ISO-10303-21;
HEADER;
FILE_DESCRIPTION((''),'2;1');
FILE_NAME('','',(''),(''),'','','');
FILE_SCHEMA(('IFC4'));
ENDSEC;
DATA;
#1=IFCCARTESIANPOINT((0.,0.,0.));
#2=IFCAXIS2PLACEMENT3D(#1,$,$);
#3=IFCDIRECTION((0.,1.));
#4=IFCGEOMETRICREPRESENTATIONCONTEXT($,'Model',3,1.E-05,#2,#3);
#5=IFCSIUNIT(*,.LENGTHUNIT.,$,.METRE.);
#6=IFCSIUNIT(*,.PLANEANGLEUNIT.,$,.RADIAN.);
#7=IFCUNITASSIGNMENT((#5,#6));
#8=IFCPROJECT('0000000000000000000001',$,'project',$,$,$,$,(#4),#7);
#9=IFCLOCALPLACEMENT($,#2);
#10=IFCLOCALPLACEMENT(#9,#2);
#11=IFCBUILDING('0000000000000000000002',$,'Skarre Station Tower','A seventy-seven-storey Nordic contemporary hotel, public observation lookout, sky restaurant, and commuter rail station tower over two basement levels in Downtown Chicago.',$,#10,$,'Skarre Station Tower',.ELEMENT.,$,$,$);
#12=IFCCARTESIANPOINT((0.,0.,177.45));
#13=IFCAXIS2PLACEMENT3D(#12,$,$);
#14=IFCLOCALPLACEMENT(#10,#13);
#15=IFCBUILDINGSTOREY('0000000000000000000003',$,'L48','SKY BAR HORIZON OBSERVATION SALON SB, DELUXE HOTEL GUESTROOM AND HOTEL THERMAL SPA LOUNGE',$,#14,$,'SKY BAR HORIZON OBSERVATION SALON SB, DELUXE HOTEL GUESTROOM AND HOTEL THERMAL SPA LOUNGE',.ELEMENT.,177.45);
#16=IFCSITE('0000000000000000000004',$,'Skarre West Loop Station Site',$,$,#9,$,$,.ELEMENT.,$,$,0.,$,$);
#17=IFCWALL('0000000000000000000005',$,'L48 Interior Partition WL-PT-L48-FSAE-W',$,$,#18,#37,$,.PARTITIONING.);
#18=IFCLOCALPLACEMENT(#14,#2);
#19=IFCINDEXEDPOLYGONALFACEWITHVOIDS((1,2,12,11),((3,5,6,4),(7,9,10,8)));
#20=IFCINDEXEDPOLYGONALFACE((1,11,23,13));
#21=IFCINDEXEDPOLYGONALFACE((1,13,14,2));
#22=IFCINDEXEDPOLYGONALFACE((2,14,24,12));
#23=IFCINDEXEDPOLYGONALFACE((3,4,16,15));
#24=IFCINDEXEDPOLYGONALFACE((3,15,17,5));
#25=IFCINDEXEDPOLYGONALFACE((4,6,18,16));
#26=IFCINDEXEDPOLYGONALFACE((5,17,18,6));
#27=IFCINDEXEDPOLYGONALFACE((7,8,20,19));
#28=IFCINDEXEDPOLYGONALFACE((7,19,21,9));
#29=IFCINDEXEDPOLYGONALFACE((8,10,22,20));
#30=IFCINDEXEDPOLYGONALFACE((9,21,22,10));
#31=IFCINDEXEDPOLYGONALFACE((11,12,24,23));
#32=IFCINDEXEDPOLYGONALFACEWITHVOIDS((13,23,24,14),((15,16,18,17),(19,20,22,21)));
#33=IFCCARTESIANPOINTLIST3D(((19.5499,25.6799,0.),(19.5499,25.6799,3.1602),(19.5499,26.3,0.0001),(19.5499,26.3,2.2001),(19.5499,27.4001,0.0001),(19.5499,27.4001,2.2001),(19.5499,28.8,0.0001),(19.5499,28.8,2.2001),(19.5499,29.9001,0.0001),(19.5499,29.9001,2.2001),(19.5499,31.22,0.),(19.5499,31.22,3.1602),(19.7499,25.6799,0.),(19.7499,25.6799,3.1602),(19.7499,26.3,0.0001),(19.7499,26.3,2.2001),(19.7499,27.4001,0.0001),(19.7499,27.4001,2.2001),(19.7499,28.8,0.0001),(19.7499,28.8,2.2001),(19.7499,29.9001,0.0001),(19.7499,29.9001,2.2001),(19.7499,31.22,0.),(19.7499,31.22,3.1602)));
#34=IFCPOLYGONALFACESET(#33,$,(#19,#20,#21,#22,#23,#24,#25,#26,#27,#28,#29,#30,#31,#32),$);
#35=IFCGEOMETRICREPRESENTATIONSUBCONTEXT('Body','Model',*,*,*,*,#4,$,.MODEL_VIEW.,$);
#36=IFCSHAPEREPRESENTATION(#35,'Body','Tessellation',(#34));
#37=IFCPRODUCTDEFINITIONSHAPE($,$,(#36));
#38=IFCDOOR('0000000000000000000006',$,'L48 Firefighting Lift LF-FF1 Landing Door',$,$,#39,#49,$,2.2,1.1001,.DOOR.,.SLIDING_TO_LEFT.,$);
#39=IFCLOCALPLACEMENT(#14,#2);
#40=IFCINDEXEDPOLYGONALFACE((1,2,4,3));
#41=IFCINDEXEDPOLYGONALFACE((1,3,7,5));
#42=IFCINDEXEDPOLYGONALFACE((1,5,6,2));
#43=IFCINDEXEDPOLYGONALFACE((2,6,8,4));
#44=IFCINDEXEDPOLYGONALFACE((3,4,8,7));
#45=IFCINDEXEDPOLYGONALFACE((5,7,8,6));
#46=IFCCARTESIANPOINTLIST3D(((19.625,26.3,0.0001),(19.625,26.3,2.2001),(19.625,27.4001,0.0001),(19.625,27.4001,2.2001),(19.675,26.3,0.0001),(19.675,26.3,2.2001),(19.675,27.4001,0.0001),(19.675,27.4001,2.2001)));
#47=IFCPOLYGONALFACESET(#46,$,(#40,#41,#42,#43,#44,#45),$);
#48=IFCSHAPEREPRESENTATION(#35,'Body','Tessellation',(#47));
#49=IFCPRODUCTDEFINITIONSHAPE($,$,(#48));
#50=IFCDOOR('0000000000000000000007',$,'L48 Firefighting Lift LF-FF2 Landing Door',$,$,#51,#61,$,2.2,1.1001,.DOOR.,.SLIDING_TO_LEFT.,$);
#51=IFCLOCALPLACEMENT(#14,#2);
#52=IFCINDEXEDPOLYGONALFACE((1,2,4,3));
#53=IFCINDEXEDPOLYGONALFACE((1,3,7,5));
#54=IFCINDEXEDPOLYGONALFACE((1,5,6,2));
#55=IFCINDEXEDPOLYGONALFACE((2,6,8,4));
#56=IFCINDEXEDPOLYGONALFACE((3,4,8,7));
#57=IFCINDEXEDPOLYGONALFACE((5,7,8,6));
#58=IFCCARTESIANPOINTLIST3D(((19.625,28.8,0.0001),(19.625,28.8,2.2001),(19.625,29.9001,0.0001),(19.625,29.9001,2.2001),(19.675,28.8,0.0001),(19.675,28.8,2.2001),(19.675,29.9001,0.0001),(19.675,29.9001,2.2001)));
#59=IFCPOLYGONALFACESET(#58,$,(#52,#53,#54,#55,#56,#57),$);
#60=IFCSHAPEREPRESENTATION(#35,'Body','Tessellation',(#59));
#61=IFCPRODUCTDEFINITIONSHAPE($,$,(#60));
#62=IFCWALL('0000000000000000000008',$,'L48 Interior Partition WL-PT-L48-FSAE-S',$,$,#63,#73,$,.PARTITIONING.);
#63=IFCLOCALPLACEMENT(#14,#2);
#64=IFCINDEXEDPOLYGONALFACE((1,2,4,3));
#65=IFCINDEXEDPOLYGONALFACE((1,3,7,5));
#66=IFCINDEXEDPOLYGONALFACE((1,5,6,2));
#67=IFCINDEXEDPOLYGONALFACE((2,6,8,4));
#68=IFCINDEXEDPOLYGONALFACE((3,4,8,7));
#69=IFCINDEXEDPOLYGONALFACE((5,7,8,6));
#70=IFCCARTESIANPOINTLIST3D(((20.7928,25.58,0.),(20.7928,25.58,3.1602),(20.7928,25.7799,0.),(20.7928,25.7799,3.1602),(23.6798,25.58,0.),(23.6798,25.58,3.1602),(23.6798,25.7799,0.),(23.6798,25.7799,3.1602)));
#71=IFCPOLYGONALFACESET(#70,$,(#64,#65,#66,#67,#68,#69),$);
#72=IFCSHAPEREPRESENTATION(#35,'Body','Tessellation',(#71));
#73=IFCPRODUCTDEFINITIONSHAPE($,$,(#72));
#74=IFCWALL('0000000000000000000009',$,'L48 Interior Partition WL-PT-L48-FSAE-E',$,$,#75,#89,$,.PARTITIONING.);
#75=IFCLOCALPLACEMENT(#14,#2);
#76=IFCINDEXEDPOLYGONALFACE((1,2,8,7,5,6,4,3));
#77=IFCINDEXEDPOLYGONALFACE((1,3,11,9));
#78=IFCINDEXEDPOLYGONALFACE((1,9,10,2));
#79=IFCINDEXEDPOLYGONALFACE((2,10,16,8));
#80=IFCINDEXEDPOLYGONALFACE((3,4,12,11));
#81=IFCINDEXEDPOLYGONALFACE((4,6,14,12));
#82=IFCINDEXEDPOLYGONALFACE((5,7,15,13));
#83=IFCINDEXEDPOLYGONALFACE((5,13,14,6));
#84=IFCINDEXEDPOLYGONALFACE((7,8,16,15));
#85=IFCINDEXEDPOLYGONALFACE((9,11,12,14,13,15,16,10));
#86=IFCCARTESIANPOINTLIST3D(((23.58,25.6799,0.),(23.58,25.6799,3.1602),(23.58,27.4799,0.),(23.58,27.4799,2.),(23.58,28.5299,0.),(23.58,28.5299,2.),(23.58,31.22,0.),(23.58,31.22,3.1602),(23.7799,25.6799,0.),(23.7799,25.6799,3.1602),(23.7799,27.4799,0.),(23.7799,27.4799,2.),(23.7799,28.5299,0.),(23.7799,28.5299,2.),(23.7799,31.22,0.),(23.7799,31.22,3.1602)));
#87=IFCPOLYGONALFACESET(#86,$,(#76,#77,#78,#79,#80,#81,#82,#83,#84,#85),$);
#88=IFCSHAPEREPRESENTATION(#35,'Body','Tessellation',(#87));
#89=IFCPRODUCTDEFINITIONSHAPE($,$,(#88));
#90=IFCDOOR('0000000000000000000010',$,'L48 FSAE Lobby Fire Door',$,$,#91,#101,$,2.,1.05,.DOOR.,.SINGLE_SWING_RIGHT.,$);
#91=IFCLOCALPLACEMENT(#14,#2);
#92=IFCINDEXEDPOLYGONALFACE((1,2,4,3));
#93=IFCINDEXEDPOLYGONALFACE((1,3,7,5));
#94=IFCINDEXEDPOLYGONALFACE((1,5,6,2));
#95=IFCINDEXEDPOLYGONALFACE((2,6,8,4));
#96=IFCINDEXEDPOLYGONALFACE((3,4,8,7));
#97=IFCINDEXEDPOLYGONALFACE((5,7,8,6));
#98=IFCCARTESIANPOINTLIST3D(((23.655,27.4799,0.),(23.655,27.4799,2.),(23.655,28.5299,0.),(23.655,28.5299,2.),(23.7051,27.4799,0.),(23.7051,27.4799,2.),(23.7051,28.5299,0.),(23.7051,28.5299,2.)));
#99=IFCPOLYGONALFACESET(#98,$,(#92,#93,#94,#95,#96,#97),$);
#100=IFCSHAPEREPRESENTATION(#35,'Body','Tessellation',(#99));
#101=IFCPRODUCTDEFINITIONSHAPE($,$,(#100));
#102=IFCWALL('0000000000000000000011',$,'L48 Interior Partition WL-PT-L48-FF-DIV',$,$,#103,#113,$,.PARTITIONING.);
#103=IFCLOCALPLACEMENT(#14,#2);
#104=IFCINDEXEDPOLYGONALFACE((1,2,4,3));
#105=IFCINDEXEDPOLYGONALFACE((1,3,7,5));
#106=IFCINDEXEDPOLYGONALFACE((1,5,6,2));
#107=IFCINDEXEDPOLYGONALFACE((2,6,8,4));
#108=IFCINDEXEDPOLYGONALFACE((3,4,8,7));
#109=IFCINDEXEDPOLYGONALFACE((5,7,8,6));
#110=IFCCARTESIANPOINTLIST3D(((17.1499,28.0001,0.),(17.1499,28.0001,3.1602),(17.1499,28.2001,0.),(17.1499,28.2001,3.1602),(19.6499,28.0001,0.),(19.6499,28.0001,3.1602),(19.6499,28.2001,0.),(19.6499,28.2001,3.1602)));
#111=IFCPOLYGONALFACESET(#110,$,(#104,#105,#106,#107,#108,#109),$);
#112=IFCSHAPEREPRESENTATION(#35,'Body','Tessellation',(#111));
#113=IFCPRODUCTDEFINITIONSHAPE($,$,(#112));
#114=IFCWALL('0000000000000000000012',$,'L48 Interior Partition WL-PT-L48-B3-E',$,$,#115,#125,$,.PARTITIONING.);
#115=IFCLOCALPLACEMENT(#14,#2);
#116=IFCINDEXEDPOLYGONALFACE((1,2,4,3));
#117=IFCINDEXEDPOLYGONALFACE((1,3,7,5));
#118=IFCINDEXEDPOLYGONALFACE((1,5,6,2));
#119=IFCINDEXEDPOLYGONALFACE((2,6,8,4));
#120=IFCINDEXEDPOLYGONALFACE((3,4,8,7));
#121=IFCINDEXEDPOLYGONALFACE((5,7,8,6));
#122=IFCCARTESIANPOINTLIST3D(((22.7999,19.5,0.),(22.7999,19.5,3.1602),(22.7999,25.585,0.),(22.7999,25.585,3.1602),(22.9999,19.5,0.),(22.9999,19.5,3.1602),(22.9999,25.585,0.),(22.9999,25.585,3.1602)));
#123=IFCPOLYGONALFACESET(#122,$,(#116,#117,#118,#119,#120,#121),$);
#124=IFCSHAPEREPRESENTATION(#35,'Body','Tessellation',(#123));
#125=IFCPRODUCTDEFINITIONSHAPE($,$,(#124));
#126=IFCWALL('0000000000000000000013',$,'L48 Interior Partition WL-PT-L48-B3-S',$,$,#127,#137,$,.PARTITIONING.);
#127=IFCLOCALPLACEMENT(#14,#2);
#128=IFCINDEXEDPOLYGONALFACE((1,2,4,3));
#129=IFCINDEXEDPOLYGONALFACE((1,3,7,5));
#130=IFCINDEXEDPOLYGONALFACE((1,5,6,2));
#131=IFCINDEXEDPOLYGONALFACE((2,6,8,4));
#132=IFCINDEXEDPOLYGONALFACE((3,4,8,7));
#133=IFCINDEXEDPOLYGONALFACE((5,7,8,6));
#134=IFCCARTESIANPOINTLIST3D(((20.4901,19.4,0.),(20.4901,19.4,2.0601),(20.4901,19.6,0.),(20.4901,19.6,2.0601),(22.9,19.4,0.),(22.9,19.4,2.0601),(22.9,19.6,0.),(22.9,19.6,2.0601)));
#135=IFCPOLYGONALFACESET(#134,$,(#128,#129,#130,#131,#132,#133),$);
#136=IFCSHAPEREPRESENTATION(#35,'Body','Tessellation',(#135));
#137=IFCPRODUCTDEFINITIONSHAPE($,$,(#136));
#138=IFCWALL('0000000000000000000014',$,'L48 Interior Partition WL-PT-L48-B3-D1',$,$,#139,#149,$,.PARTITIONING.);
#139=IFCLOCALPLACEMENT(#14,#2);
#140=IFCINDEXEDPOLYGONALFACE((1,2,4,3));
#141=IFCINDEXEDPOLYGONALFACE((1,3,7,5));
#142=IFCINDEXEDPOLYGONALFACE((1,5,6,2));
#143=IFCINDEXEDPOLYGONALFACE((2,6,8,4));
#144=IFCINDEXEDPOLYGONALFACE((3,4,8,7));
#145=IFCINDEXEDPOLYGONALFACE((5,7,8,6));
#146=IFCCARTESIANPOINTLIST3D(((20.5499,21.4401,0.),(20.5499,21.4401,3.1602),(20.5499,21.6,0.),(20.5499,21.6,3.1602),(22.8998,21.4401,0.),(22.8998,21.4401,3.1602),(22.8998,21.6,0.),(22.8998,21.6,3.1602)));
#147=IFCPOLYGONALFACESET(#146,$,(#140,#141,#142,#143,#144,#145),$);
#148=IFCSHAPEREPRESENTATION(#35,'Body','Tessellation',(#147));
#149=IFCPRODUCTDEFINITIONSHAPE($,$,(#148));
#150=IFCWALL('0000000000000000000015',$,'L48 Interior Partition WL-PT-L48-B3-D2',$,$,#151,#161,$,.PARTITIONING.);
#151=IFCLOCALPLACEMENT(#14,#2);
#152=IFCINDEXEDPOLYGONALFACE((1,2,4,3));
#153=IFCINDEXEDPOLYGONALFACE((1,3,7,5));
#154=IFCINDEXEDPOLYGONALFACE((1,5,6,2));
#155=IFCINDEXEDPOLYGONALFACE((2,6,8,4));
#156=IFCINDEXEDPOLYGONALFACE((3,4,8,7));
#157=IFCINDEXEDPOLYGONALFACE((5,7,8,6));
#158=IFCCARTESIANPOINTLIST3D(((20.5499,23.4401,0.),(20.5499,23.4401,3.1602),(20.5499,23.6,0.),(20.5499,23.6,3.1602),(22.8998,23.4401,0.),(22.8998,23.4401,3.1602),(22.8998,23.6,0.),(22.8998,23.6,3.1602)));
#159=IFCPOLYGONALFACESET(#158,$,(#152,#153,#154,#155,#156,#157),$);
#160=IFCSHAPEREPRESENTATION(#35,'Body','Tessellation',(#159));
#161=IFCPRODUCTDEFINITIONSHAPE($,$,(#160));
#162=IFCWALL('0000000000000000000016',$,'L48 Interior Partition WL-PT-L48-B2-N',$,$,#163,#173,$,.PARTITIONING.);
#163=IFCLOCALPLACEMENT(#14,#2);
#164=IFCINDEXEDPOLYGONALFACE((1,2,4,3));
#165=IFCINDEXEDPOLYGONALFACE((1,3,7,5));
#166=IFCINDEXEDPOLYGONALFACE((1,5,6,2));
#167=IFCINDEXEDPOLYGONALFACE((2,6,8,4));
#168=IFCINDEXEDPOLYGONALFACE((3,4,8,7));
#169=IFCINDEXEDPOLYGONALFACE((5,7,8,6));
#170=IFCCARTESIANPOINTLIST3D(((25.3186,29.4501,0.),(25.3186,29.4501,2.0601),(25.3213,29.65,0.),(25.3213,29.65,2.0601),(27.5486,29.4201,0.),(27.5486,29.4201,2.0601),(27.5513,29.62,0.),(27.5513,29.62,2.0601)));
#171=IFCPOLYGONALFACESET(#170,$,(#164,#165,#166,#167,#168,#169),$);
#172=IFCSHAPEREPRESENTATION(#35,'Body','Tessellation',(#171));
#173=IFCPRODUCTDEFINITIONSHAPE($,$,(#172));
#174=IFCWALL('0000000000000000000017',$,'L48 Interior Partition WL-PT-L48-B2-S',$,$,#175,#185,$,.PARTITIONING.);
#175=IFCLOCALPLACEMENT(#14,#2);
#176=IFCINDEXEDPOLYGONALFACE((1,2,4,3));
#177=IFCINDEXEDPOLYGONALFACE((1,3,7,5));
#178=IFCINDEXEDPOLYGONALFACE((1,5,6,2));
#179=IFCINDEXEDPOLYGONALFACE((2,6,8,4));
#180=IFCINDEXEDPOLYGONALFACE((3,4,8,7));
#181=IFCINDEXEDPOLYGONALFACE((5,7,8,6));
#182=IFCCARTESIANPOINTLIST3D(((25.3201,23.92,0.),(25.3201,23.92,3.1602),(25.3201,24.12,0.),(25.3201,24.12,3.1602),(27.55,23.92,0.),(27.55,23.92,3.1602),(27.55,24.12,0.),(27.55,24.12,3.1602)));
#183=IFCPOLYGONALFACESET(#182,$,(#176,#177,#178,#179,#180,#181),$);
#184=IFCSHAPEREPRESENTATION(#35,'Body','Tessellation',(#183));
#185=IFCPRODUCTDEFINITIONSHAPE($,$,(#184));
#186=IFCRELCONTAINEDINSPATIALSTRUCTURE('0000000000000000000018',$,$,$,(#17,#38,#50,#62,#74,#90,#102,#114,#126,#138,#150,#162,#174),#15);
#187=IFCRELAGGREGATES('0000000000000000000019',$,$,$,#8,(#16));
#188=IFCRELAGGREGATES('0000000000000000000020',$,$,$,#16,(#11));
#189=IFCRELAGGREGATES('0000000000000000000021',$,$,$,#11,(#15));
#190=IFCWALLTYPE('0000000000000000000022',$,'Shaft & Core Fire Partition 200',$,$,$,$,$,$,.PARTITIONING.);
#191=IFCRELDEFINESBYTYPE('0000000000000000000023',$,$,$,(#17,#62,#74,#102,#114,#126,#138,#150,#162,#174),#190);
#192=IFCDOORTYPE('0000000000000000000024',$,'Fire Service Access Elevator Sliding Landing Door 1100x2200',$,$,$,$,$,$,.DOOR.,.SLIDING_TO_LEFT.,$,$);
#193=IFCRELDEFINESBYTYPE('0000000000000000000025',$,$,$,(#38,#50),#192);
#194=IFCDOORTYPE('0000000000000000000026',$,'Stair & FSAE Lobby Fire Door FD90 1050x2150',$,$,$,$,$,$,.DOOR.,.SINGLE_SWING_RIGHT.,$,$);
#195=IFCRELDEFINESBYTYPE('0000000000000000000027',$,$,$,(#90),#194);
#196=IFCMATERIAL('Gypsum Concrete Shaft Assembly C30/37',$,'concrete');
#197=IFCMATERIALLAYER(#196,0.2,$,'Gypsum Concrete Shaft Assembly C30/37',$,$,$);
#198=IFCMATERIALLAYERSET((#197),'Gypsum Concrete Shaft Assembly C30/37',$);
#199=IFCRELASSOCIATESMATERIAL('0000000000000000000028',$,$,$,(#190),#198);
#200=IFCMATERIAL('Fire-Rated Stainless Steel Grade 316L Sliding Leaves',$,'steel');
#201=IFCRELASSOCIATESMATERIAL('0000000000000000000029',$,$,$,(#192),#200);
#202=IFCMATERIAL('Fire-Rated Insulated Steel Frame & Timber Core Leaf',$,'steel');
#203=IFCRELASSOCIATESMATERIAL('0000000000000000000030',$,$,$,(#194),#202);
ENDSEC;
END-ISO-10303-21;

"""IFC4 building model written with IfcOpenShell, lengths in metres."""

from ifc_helpers import new_model, si_unit, direction, frame, frame_2d, origin, place, context, subcontext, project, spatial, rectangle, extrude, material, layer, layer_set, type_object, element, fill, save


model = new_model("IFC4")

# Units and contexts
model_context = context("Model", 3, precision=1e-05, world=origin(), true_north=direction((0.0, 1.0)))
body_context = subcontext(model_context, "Body", "Model", "MODEL_VIEW")
ifc_project = project(units=[si_unit("LENGTHUNIT", "METRE"), si_unit("PLANEANGLEUNIT", "RADIAN")], contexts=[model_context])

# Site, building, storey
site_placement = place(None, origin())
site = spatial("IfcSite", under=ifc_project, at=site_placement, Name="Skarre West Loop Station Site", CompositionType="ELEMENT", RefElevation=0.0)
building_placement = place(site_placement, origin())
building = spatial("IfcBuilding", under=site, at=building_placement, Name="Skarre Station Tower", Description="A seventy-seven-storey Nordic contemporary hotel, public observation lookout, sky restaurant, and commuter rail station tower over two basement levels in Downtown Chicago.", LongName="Skarre Station Tower", CompositionType="ELEMENT")
storey_placement = place(building_placement, frame((0.0, 0.0, 177.45)))
storey = spatial("IfcBuildingStorey", under=building, at=storey_placement, Name="L48", Description="SKY BAR HORIZON OBSERVATION SALON SB, DELUXE HOTEL GUESTROOM AND HOTEL THERMAL SPA LOUNGE", LongName="SKY BAR HORIZON OBSERVATION SALON SB, DELUXE HOTEL GUESTROOM AND HOTEL THERMAL SPA LOUNGE", CompositionType="ELEMENT", Elevation=177.45)

# Wall, openings, doors
ifc_material_1 = material(Name="Gypsum Concrete Shaft Assembly C30/37", Category="concrete")
ifc_layer_1 = layer(ifc_material_1, 0.2, Name="Gypsum Concrete Shaft Assembly C30/37")
ifc_layer_set_1 = layer_set([ifc_layer_1], Name="Gypsum Concrete Shaft Assembly C30/37")
wall_type_1 = type_object("IfcWallType", Name="Shaft & Core Fire Partition 200", PredefinedType="PARTITIONING", material=ifc_layer_set_1)
wall_1_placement = place(storey_placement, frame((19.6499, 25.6799, 0.0), z_axis=(0.0, 0.0, 1.0), x_axis=(0.0, 1.0, 0.0)))
wall_1 = element("IfcWall", 1, at=wall_1_placement, inside=storey, type_object=wall_type_1, Name="L48 Interior Partition WL-PT-L48-FSAE-W", PredefinedType="PARTITIONING", context=body_context, shape_type="SweptSolid", body=[
    extrude(rectangle(XDim=5.54, YDim=0.2, at=frame_2d((2.77, 0.0))), origin(), (0.0, 0.0, 1.0), 3.1602),
])
opening_1_placement = place(wall_1_placement, frame((0.6201, 0.0, 0.0)))
opening_1 = element("IfcOpeningElement", 2, at=opening_1_placement, cuts=wall_1, PredefinedType="OPENING", context=body_context, shape_type="SweptSolid", body=[
    extrude(rectangle(XDim=1.1001, YDim=2.2, at=frame_2d((0.55, 1.1001))), frame((0.0, 0.1099, 0.0), z_axis=(0.0, -1.0, 0.0), x_axis=(1.0, 0.0, 0.0)), (0.0, 0.0, 1.0), 0.22),
])
opening_2_placement = place(wall_1_placement, frame((3.1201, 0.0, 0.0)))
opening_2 = element("IfcOpeningElement", 3, at=opening_2_placement, cuts=wall_1, PredefinedType="OPENING", context=body_context, shape_type="SweptSolid", body=[
    extrude(rectangle(XDim=1.1001, YDim=2.2, at=frame_2d((0.55, 1.1001))), frame((0.0, 0.1099, 0.0), z_axis=(0.0, -1.0, 0.0), x_axis=(1.0, 0.0, 0.0)), (0.0, 0.0, 1.0), 0.22),
])
ifc_material_2 = material(Name="Fire-Rated Stainless Steel Grade 316L Sliding Leaves", Category="steel")
door_type_1 = type_object("IfcDoorType", Name="Fire Service Access Elevator Sliding Landing Door 1100x2200", OperationType="SLIDING_TO_LEFT", PredefinedType="DOOR", material=ifc_material_2)
door_1_placement = place(opening_1_placement, origin())
door_1 = element("IfcDoor", 4, at=door_1_placement, inside=storey, type_object=door_type_1, Name="L48 Firefighting Lift LF-FF1 Landing Door", OperationType="SLIDING_TO_LEFT", OverallHeight=2.2, OverallWidth=1.1001, PredefinedType="DOOR", context=body_context, shape_type="SweptSolid", body=[
    extrude(rectangle(XDim=1.1001, YDim=2.2, at=frame_2d((0.55, 1.1001))), frame((0.0, 0.0249, 0.0), z_axis=(0.0, -1.0, 0.0), x_axis=(1.0, 0.0, 0.0)), (0.0, 0.0, 1.0), 0.05),
])
fill(opening_1, door_1)
door_2_placement = place(opening_2_placement, origin())
door_2 = element("IfcDoor", 5, at=door_2_placement, inside=storey, type_object=door_type_1, Name="L48 Firefighting Lift LF-FF2 Landing Door", OperationType="SLIDING_TO_LEFT", OverallHeight=2.2, OverallWidth=1.1001, PredefinedType="DOOR", context=body_context, shape_type="SweptSolid", body=[
    extrude(rectangle(XDim=1.1001, YDim=2.2, at=frame_2d((0.55, 1.1001))), frame((0.0, 0.0249, 0.0), z_axis=(0.0, -1.0, 0.0), x_axis=(1.0, 0.0, 0.0)), (0.0, 0.0, 1.0), 0.05),
])
fill(opening_2, door_2)

# Wall
wall_2_placement = place(storey_placement, frame((20.793, 25.6799, 0.0), z_axis=(0.0, 0.0, 1.0), x_axis=(1.0, 0.0, 0.0)))
element("IfcWall", 6, at=wall_2_placement, inside=storey, type_object=wall_type_1, Name="L48 Interior Partition WL-PT-L48-FSAE-S", PredefinedType="PARTITIONING", context=body_context, shape_type="SweptSolid", body=[
    extrude(rectangle(XDim=2.887, YDim=0.2, at=frame_2d((1.4434, 0.0))), origin(), (0.0, 0.0, 1.0), 3.1602),
])

# Wall, opening, door
wall_3_placement = place(storey_placement, frame((23.6799, 25.6799, 0.0), z_axis=(0.0, 0.0, 1.0), x_axis=(0.0, 1.0, 0.0)))
wall_3 = element("IfcWall", 7, at=wall_3_placement, inside=storey, type_object=wall_type_1, Name="L48 Interior Partition WL-PT-L48-FSAE-E", PredefinedType="PARTITIONING", context=body_context, shape_type="SweptSolid", body=[
    extrude(rectangle(XDim=5.54, YDim=0.2, at=frame_2d((2.77, 0.0))), origin(), (0.0, 0.0, 1.0), 3.1602),
])
opening_3_placement = place(wall_3_placement, frame((1.8, 0.0, 0.0)))
opening_3 = element("IfcOpeningElement", 8, at=opening_3_placement, cuts=wall_3, PredefinedType="OPENING", context=body_context, shape_type="SweptSolid", body=[
    extrude(rectangle(XDim=1.05, YDim=2.0, at=frame_2d((0.5249, 1.0))), frame((0.0, 0.1099, 0.0), z_axis=(0.0, -1.0, 0.0), x_axis=(1.0, 0.0, 0.0)), (0.0, 0.0, 1.0), 0.22),
])
ifc_material_3 = material(Name="Fire-Rated Insulated Steel Frame & Timber Core Leaf", Category="steel")
door_type_2 = type_object("IfcDoorType", Name="Stair & FSAE Lobby Fire Door FD90 1050x2150", OperationType="SINGLE_SWING_RIGHT", PredefinedType="DOOR", material=ifc_material_3)
door_3_placement = place(opening_3_placement, origin())
door_3 = element("IfcDoor", 9, at=door_3_placement, inside=storey, type_object=door_type_2, Name="L48 FSAE Lobby Fire Door", OperationType="SINGLE_SWING_RIGHT", OverallHeight=2.0, OverallWidth=1.05, PredefinedType="DOOR", context=body_context, shape_type="SweptSolid", body=[
    extrude(rectangle(XDim=1.05, YDim=2.0, at=frame_2d((0.5249, 1.0))), frame((0.0, 0.0249, 0.0), z_axis=(0.0, -1.0, 0.0), x_axis=(1.0, 0.0, 0.0)), (0.0, 0.0, 1.0), 0.05),
])
fill(opening_3, door_3)

# Walls
wall_4_placement = place(storey_placement, frame((17.1499, 28.1001, 0.0), z_axis=(0.0, 0.0, 1.0), x_axis=(1.0, 0.0, 0.0)))
element("IfcWall", 10, at=wall_4_placement, inside=storey, type_object=wall_type_1, Name="L48 Interior Partition WL-PT-L48-FF-DIV", PredefinedType="PARTITIONING", context=body_context, shape_type="SweptSolid", body=[
    extrude(rectangle(XDim=2.5, YDim=0.2, at=frame_2d((1.25, 0.0))), origin(), (0.0, 0.0, 1.0), 3.1602),
])
wall_5_placement = place(storey_placement, frame((22.8999, 19.5, 0.0), z_axis=(0.0, 0.0, 1.0), x_axis=(0.0, 1.0, 0.0)))
element("IfcWall", 11, at=wall_5_placement, inside=storey, type_object=wall_type_1, Name="L48 Interior Partition WL-PT-L48-B3-E", PredefinedType="PARTITIONING", context=body_context, shape_type="SweptSolid", body=[
    extrude(rectangle(XDim=6.085, YDim=0.2, at=frame_2d((3.0425, 0.0))), origin(), (0.0, 0.0, 1.0), 3.1602),
])
wall_6_placement = place(storey_placement, frame((20.49, 19.5, 0.0), z_axis=(0.0, 0.0, 1.0), x_axis=(1.0, 0.0, 0.0)))
element("IfcWall", 12, at=wall_6_placement, inside=storey, type_object=wall_type_1, Name="L48 Interior Partition WL-PT-L48-B3-S", PredefinedType="PARTITIONING", context=body_context, shape_type="SweptSolid", body=[
    extrude(rectangle(XDim=2.4099, YDim=0.2, at=frame_2d((1.2051, 0.0))), origin(), (0.0, 0.0, 1.0), 2.0601),
])
for number, where, z_axis, x_axis, name in (
    (13, (20.55, 21.52, 0.0), (0.0, 0.0, 1.0), (1.0, 0.0, 0.0), "L48 Interior Partition WL-PT-L48-B3-D1"),
    (14, (20.55, 23.52, 0.0), (0.0, 0.0, 1.0), (1.0, 0.0, 0.0), "L48 Interior Partition WL-PT-L48-B3-D2"),
):
    element("IfcWall", number, at=place(storey_placement, frame(where, z_axis=z_axis, x_axis=x_axis)), inside=storey, type_object=wall_type_1, Name=name, PredefinedType="PARTITIONING", context=body_context, shape_type="SweptSolid", body=[
        extrude(rectangle(XDim=2.3499, YDim=0.1599, at=frame_2d((1.1748, 0.0))), origin(), (0.0, 0.0, 1.0), 3.1602),
    ])
wall_7_placement = place(storey_placement, frame((27.55, 29.52, 0.0), z_axis=(0.0, 0.0, 1.0), x_axis=(-0.999909, 0.013465, 0.0)))
element("IfcWall", 15, at=wall_7_placement, inside=storey, type_object=wall_type_1, Name="L48 Interior Partition WL-PT-L48-B2-N", PredefinedType="PARTITIONING", context=body_context, shape_type="SweptSolid", body=[
    extrude(rectangle(XDim=2.2302, YDim=0.2, at=frame_2d((1.1152, 0.0))), origin(), (0.0, 0.0, 1.0), 2.0601),
])
wall_8_placement = place(storey_placement, frame((25.3201, 24.02, 0.0), z_axis=(0.0, 0.0, 1.0), x_axis=(1.0, 0.0, 0.0)))
element("IfcWall", 16, at=wall_8_placement, inside=storey, type_object=wall_type_1, Name="L48 Interior Partition WL-PT-L48-B2-S", PredefinedType="PARTITIONING", context=body_context, shape_type="SweptSolid", body=[
    extrude(rectangle(XDim=2.23, YDim=0.2, at=frame_2d((1.115, 0.0))), origin(), (0.0, 0.0, 1.0), 3.1602),
])

save(model, "model.ifc")
